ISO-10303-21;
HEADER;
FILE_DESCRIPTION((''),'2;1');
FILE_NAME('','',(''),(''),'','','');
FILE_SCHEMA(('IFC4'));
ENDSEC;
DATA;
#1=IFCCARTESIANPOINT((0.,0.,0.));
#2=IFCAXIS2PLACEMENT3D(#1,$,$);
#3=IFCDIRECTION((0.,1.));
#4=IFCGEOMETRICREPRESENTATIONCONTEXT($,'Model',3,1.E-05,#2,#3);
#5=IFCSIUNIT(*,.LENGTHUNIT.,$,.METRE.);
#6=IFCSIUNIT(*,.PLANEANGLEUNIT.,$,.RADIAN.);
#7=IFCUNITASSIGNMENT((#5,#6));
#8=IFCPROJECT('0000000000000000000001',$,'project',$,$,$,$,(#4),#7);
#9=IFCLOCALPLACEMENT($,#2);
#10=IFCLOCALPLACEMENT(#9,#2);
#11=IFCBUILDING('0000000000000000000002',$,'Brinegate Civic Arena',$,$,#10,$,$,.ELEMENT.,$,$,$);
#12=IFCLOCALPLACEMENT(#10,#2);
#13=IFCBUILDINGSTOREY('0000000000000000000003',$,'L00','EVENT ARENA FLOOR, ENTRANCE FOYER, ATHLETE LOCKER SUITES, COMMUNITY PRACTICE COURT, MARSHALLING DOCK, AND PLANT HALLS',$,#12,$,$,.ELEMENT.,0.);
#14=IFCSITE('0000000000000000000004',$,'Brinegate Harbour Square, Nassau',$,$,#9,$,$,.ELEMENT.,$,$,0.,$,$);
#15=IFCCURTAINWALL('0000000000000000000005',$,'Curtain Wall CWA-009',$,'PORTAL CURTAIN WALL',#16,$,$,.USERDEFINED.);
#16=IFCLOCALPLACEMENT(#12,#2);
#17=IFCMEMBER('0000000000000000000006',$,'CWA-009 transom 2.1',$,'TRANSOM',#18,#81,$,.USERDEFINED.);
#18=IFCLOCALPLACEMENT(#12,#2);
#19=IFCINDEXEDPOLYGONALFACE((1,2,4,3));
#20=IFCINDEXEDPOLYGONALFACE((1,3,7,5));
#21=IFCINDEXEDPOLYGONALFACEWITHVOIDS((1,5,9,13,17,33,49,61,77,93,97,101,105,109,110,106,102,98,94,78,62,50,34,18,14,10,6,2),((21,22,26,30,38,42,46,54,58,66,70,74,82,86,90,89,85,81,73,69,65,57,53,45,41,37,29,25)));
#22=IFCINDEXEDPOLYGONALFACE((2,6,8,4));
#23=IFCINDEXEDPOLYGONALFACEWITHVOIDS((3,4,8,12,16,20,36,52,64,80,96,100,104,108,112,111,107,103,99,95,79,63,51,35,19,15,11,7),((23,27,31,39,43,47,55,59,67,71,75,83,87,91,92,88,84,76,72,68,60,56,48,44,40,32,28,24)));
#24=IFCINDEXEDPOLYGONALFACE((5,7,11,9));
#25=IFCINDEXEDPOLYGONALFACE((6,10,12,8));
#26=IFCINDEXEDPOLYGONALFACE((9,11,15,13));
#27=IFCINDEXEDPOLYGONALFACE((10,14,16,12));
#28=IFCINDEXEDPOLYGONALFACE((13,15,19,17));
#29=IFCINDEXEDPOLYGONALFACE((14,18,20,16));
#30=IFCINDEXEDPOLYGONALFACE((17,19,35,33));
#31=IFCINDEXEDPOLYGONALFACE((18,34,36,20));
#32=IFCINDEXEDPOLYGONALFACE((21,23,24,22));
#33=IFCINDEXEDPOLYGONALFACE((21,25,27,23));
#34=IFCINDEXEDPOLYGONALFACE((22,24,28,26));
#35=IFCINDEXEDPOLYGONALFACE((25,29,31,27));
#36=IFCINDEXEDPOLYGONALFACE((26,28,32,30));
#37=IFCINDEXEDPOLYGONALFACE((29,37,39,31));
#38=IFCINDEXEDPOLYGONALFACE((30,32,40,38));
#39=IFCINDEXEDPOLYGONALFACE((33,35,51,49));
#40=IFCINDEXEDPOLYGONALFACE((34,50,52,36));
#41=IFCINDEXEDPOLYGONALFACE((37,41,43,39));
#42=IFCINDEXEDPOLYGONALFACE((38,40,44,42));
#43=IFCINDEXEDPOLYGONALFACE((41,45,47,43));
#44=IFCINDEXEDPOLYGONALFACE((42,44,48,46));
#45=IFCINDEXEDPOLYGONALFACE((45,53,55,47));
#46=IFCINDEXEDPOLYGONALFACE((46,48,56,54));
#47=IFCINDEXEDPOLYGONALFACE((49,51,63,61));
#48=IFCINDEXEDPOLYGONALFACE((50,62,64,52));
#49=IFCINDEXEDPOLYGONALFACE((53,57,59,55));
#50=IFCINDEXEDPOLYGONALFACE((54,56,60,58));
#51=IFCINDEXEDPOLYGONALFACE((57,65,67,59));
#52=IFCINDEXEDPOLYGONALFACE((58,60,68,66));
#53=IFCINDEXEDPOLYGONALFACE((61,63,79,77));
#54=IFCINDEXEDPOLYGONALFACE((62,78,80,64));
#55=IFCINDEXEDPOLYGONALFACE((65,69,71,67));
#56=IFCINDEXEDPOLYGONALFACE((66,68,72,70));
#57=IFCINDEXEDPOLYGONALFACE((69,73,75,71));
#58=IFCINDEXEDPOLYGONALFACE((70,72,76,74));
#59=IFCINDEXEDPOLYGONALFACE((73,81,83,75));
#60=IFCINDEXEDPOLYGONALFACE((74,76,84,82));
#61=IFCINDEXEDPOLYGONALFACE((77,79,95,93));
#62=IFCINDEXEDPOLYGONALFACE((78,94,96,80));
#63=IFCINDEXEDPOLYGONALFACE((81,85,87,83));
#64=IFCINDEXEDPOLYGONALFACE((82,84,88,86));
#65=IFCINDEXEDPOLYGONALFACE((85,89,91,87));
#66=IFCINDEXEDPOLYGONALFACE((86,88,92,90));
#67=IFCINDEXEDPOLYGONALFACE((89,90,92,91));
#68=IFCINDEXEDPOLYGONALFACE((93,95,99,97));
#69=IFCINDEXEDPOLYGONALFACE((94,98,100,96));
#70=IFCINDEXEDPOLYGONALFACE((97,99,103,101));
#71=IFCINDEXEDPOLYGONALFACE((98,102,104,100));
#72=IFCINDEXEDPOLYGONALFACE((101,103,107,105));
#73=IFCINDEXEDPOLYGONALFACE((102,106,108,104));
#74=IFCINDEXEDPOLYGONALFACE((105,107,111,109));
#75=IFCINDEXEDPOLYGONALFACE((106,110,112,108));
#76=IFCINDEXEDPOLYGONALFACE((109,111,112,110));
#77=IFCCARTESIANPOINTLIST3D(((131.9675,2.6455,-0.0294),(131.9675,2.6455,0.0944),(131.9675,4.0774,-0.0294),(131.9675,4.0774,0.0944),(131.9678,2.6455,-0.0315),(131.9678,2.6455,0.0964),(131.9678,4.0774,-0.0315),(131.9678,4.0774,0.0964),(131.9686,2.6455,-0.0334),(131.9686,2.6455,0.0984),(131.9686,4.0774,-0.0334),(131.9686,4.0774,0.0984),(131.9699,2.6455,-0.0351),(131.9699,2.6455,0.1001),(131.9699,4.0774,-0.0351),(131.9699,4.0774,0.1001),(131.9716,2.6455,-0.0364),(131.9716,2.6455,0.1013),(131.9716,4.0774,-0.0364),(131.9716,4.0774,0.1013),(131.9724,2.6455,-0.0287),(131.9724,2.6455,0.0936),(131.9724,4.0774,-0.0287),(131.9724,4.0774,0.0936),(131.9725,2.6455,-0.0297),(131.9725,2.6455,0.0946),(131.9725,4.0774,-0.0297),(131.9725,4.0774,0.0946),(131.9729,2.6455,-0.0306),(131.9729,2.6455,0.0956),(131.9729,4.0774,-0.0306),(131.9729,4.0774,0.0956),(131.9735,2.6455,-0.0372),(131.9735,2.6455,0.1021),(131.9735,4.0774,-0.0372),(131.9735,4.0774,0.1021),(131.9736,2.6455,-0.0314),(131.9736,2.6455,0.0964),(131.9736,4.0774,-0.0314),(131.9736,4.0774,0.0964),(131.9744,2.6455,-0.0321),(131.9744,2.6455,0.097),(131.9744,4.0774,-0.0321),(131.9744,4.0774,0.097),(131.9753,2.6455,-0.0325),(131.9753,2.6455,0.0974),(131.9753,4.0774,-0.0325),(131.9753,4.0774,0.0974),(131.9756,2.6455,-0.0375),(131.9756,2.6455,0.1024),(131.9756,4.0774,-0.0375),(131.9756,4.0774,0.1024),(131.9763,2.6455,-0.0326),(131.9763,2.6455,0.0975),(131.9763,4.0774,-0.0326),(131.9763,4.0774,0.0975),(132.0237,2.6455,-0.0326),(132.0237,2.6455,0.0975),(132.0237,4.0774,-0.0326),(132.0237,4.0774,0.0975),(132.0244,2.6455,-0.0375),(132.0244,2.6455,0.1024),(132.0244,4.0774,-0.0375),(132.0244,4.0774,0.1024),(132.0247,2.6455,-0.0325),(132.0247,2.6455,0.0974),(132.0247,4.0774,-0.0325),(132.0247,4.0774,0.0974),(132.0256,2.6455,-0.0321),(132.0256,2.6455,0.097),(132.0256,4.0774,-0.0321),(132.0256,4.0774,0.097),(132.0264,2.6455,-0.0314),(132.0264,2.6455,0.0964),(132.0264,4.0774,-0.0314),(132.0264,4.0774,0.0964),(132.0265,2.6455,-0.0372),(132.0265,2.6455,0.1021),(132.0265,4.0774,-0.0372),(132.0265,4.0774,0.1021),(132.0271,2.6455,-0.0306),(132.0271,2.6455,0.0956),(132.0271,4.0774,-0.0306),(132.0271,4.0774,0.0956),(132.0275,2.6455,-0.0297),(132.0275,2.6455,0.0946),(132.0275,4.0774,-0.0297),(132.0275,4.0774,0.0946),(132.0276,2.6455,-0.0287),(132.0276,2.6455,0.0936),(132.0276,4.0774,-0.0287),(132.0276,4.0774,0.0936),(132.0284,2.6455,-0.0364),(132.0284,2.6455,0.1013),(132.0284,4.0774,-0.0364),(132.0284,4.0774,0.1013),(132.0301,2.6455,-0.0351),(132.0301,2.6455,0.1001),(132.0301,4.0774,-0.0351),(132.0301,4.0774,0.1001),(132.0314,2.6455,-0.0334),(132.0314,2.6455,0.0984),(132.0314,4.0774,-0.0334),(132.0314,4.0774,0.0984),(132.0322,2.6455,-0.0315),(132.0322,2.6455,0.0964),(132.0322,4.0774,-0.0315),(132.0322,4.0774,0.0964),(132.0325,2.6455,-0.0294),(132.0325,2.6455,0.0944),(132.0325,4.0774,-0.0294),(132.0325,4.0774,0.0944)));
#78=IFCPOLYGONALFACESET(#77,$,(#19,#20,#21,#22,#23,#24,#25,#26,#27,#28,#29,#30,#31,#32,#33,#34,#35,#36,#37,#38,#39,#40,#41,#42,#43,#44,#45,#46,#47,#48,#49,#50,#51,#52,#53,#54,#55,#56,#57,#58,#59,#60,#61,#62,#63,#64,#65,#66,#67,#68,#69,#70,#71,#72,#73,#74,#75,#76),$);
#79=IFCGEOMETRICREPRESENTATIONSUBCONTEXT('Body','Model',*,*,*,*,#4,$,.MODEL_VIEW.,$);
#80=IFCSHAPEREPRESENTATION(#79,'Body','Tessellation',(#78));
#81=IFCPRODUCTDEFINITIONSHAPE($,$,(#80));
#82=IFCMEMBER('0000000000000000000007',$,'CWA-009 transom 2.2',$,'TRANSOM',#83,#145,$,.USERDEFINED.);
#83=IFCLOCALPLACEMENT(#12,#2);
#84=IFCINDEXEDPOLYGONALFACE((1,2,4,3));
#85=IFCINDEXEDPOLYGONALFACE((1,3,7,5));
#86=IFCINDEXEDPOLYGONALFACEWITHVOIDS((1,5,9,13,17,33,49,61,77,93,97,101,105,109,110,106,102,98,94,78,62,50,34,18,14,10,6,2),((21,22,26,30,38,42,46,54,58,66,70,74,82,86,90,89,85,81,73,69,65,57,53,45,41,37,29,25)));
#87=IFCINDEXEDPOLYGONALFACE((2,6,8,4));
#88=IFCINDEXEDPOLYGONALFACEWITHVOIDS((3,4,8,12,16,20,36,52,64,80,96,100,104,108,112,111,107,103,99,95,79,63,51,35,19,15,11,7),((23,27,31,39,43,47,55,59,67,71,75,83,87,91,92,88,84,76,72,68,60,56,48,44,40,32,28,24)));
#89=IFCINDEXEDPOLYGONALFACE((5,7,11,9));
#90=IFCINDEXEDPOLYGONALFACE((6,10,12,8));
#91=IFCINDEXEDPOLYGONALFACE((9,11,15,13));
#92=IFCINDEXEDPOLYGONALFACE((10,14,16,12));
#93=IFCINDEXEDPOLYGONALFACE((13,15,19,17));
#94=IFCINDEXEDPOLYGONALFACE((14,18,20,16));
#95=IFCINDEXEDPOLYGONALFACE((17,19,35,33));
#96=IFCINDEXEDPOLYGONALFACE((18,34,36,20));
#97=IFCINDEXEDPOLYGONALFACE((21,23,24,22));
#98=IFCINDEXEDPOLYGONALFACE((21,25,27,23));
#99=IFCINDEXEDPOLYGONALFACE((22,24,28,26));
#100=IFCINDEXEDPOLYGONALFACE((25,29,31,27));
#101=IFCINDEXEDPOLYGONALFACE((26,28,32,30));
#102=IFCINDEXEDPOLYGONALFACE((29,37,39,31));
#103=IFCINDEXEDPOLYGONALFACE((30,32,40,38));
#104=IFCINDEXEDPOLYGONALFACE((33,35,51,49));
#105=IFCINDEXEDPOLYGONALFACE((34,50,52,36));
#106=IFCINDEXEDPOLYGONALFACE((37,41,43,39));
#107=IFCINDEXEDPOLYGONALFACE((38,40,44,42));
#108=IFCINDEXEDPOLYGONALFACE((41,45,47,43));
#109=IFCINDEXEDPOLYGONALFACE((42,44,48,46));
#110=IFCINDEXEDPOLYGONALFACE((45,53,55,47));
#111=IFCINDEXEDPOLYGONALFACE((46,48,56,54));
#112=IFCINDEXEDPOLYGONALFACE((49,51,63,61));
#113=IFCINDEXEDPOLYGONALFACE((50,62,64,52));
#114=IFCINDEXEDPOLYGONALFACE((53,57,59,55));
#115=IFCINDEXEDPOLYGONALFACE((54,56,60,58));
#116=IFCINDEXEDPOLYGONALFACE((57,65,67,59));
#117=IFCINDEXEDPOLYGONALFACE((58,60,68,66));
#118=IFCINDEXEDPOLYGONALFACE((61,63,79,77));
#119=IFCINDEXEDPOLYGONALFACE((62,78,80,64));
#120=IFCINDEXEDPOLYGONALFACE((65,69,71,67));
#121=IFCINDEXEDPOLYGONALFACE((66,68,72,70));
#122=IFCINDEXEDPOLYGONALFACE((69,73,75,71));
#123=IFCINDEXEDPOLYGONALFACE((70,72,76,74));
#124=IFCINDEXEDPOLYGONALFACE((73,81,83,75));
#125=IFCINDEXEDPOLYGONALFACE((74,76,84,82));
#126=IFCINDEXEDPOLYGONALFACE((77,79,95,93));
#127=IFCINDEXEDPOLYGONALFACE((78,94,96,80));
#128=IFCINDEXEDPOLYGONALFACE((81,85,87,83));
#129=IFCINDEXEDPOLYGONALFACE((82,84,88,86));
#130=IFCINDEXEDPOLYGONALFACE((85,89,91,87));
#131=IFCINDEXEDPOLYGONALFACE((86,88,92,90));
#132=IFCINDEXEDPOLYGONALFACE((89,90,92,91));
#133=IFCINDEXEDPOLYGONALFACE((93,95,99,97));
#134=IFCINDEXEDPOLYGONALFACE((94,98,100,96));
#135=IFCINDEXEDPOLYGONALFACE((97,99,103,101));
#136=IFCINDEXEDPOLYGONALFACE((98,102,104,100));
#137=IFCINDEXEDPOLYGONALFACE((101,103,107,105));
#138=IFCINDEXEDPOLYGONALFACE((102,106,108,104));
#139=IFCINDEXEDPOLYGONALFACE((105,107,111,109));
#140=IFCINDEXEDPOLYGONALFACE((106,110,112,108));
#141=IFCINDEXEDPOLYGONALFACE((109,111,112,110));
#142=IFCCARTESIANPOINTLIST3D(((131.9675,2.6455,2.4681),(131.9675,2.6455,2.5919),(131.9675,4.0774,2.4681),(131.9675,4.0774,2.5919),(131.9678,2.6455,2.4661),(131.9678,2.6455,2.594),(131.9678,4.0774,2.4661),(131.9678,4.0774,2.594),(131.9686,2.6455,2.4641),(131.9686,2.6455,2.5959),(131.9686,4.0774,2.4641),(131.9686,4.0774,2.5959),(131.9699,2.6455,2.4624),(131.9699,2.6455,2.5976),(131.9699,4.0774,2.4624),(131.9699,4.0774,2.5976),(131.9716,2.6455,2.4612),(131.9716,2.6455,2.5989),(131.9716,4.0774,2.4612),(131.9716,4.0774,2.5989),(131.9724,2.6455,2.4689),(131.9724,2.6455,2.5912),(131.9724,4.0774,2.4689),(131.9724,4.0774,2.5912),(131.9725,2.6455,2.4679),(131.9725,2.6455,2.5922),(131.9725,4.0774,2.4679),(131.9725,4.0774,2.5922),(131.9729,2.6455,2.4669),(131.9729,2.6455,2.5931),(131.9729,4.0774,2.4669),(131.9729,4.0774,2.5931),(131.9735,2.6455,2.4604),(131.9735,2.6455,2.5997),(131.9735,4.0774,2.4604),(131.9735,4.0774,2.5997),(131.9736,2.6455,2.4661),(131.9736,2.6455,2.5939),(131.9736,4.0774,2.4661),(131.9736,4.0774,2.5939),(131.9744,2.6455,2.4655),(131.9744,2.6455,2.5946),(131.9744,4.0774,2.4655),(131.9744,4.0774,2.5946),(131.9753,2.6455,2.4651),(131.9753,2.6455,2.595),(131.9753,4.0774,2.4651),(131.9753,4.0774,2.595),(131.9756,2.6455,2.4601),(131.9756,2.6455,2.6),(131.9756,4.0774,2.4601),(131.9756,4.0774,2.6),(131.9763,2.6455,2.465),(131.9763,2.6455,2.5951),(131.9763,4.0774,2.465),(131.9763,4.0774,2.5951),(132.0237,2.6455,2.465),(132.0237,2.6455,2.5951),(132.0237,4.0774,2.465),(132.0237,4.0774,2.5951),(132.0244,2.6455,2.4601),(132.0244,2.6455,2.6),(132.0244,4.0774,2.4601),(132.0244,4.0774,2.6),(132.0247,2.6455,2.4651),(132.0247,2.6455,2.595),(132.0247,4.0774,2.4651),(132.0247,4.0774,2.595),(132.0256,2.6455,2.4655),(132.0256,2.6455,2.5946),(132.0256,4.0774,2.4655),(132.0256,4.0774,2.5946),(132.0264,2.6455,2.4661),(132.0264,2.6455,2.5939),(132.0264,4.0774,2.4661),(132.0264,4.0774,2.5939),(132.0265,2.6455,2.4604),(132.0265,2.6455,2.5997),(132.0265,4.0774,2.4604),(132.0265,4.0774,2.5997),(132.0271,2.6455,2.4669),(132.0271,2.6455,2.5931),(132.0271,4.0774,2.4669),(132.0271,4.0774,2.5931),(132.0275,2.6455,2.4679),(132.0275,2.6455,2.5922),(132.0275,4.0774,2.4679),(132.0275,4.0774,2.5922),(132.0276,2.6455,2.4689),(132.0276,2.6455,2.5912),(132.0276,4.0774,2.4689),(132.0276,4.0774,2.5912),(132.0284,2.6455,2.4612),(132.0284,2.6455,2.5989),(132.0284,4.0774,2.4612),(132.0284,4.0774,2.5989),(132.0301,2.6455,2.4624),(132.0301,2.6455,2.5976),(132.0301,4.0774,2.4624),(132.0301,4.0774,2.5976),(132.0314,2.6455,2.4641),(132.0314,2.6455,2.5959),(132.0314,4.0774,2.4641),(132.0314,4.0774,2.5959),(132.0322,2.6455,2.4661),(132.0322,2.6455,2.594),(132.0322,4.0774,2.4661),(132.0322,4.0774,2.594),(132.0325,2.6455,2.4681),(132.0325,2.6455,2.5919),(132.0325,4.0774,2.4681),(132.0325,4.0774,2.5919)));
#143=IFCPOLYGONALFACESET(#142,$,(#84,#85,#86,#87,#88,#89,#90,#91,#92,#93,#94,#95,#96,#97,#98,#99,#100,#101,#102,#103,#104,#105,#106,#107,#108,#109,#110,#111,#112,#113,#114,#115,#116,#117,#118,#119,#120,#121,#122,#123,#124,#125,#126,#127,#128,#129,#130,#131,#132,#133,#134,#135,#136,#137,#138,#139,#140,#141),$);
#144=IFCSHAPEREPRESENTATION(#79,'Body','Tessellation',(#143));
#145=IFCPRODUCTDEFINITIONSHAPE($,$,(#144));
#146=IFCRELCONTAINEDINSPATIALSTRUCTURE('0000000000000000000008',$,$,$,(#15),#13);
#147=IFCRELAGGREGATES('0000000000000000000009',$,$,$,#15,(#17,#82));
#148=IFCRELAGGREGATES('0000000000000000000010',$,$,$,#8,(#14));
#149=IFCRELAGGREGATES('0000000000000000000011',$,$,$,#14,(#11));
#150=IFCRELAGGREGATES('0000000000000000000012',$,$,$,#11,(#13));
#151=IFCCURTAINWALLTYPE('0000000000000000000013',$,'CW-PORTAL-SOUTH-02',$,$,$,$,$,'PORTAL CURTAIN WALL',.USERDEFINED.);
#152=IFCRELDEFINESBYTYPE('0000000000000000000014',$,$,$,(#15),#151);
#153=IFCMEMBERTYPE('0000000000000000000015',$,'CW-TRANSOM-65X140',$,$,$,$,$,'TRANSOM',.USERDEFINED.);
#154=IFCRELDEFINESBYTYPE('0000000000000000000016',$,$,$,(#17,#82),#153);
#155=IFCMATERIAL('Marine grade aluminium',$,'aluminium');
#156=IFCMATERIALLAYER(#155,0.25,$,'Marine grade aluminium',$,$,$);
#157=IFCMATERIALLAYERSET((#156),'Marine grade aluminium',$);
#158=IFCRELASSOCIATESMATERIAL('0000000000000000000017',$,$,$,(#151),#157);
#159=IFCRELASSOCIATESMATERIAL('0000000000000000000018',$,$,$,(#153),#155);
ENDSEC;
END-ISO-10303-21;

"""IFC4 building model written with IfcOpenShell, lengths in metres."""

from ifc_helpers import new_model, si_unit, direction, frame, origin, origin_2d, place, context, subcontext, project, spatial, hollow_rectangle, extrude, material, layer, layer_set, material_profile, profile_set, type_object, element, aggregate, save


model = new_model("IFC4")

# Units and contexts
model_context = context("Model", 3, precision=1e-05, world=origin(), true_north=direction((0.0, 1.0)))
body_context = subcontext(model_context, "Body", "Model", "MODEL_VIEW")
ifc_project = project(units=[si_unit("LENGTHUNIT", "METRE"), si_unit("PLANEANGLEUNIT", "RADIAN")], contexts=[model_context])

# Site, building, storey
site_placement = place(None, origin())
site = spatial("IfcSite", under=ifc_project, at=site_placement, Name="Brinegate Harbour Square, Nassau", CompositionType="ELEMENT", RefElevation=0.0)
building_placement = place(site_placement, origin())
building = spatial("IfcBuilding", under=site, at=building_placement, Name="Brinegate Civic Arena", CompositionType="ELEMENT")
storey_placement = place(building_placement, origin())
storey = spatial("IfcBuildingStorey", under=building, at=storey_placement, Name="L00", Description="EVENT ARENA FLOOR, ENTRANCE FOYER, ATHLETE LOCKER SUITES, COMMUNITY PRACTICE COURT, MARSHALLING DOCK, AND PLANT HALLS", CompositionType="ELEMENT", Elevation=0.0)

# Curtain wall, members
ifc_material_1 = material(Name="Marine grade aluminium", Category="aluminium")
ifc_layer_1 = layer(ifc_material_1, 0.25, Name="Marine grade aluminium")
ifc_layer_set_1 = layer_set([ifc_layer_1], Name="Marine grade aluminium")
curtain_wall_type = type_object("IfcCurtainWallType", Name="CW-PORTAL-SOUTH-02", ElementType="PORTAL CURTAIN WALL", PredefinedType="USERDEFINED", material=ifc_layer_set_1)
curtain_wall_placement = place(storey_placement, origin())
curtain_wall = element("IfcCurtainWall", 1, at=curtain_wall_placement, inside=storey, type_object=curtain_wall_type, Name="Curtain Wall CWA-009", ObjectType="PORTAL CURTAIN WALL", PredefinedType="USERDEFINED")
ifc_material_profile_1 = material_profile(ifc_material_1, hollow_rectangle(XDim=0.0649, YDim=0.1399, WallThickness=0.0049, InnerFilletRadius=0.0039, OuterFilletRadius=0.0081, at=origin_2d()), Name="TRN65X140")
ifc_profile_set_1 = profile_set([ifc_material_profile_1], Name="Marine grade aluminium")
member_type_1 = type_object("IfcMemberType", Name="CW-TRANSOM-65X140", ElementType="TRANSOM", PredefinedType="USERDEFINED", material=ifc_profile_set_1)
member_1_placement = place(storey_placement, frame((132.0, 2.6455, 0.0325), z_axis=(0.0, 1.0, 0.0), x_axis=(-1.0, 0.0, 0.0)))
member_1 = element("IfcMember", 2, at=member_1_placement, type_object=member_type_1, Name="CWA-009 transom 2.1", ObjectType="TRANSOM", PredefinedType="USERDEFINED", context=body_context, shape_type="SweptSolid", body=[
    extrude(hollow_rectangle(XDim=0.0649, YDim=0.1399, WallThickness=0.0049, InnerFilletRadius=0.0039, OuterFilletRadius=0.0081, at=origin_2d()), origin(), (0.0, 0.0, 1.0), 1.4319),
])
member_2_placement = place(storey_placement, frame((132.0, 2.6455, 2.53), z_axis=(0.0, 1.0, 0.0), x_axis=(-1.0, 0.0, 0.0)))
member_2 = element("IfcMember", 3, at=member_2_placement, type_object=member_type_1, Name="CWA-009 transom 2.2", ObjectType="TRANSOM", PredefinedType="USERDEFINED", context=body_context, shape_type="SweptSolid", body=[
    extrude(hollow_rectangle(XDim=0.0649, YDim=0.1399, WallThickness=0.0049, InnerFilletRadius=0.0039, OuterFilletRadius=0.0081, at=origin_2d()), origin(), (0.0, 0.0, 1.0), 1.4319),
])
aggregate(curtain_wall, [member_1, member_2])

save(model, "model.ifc")
